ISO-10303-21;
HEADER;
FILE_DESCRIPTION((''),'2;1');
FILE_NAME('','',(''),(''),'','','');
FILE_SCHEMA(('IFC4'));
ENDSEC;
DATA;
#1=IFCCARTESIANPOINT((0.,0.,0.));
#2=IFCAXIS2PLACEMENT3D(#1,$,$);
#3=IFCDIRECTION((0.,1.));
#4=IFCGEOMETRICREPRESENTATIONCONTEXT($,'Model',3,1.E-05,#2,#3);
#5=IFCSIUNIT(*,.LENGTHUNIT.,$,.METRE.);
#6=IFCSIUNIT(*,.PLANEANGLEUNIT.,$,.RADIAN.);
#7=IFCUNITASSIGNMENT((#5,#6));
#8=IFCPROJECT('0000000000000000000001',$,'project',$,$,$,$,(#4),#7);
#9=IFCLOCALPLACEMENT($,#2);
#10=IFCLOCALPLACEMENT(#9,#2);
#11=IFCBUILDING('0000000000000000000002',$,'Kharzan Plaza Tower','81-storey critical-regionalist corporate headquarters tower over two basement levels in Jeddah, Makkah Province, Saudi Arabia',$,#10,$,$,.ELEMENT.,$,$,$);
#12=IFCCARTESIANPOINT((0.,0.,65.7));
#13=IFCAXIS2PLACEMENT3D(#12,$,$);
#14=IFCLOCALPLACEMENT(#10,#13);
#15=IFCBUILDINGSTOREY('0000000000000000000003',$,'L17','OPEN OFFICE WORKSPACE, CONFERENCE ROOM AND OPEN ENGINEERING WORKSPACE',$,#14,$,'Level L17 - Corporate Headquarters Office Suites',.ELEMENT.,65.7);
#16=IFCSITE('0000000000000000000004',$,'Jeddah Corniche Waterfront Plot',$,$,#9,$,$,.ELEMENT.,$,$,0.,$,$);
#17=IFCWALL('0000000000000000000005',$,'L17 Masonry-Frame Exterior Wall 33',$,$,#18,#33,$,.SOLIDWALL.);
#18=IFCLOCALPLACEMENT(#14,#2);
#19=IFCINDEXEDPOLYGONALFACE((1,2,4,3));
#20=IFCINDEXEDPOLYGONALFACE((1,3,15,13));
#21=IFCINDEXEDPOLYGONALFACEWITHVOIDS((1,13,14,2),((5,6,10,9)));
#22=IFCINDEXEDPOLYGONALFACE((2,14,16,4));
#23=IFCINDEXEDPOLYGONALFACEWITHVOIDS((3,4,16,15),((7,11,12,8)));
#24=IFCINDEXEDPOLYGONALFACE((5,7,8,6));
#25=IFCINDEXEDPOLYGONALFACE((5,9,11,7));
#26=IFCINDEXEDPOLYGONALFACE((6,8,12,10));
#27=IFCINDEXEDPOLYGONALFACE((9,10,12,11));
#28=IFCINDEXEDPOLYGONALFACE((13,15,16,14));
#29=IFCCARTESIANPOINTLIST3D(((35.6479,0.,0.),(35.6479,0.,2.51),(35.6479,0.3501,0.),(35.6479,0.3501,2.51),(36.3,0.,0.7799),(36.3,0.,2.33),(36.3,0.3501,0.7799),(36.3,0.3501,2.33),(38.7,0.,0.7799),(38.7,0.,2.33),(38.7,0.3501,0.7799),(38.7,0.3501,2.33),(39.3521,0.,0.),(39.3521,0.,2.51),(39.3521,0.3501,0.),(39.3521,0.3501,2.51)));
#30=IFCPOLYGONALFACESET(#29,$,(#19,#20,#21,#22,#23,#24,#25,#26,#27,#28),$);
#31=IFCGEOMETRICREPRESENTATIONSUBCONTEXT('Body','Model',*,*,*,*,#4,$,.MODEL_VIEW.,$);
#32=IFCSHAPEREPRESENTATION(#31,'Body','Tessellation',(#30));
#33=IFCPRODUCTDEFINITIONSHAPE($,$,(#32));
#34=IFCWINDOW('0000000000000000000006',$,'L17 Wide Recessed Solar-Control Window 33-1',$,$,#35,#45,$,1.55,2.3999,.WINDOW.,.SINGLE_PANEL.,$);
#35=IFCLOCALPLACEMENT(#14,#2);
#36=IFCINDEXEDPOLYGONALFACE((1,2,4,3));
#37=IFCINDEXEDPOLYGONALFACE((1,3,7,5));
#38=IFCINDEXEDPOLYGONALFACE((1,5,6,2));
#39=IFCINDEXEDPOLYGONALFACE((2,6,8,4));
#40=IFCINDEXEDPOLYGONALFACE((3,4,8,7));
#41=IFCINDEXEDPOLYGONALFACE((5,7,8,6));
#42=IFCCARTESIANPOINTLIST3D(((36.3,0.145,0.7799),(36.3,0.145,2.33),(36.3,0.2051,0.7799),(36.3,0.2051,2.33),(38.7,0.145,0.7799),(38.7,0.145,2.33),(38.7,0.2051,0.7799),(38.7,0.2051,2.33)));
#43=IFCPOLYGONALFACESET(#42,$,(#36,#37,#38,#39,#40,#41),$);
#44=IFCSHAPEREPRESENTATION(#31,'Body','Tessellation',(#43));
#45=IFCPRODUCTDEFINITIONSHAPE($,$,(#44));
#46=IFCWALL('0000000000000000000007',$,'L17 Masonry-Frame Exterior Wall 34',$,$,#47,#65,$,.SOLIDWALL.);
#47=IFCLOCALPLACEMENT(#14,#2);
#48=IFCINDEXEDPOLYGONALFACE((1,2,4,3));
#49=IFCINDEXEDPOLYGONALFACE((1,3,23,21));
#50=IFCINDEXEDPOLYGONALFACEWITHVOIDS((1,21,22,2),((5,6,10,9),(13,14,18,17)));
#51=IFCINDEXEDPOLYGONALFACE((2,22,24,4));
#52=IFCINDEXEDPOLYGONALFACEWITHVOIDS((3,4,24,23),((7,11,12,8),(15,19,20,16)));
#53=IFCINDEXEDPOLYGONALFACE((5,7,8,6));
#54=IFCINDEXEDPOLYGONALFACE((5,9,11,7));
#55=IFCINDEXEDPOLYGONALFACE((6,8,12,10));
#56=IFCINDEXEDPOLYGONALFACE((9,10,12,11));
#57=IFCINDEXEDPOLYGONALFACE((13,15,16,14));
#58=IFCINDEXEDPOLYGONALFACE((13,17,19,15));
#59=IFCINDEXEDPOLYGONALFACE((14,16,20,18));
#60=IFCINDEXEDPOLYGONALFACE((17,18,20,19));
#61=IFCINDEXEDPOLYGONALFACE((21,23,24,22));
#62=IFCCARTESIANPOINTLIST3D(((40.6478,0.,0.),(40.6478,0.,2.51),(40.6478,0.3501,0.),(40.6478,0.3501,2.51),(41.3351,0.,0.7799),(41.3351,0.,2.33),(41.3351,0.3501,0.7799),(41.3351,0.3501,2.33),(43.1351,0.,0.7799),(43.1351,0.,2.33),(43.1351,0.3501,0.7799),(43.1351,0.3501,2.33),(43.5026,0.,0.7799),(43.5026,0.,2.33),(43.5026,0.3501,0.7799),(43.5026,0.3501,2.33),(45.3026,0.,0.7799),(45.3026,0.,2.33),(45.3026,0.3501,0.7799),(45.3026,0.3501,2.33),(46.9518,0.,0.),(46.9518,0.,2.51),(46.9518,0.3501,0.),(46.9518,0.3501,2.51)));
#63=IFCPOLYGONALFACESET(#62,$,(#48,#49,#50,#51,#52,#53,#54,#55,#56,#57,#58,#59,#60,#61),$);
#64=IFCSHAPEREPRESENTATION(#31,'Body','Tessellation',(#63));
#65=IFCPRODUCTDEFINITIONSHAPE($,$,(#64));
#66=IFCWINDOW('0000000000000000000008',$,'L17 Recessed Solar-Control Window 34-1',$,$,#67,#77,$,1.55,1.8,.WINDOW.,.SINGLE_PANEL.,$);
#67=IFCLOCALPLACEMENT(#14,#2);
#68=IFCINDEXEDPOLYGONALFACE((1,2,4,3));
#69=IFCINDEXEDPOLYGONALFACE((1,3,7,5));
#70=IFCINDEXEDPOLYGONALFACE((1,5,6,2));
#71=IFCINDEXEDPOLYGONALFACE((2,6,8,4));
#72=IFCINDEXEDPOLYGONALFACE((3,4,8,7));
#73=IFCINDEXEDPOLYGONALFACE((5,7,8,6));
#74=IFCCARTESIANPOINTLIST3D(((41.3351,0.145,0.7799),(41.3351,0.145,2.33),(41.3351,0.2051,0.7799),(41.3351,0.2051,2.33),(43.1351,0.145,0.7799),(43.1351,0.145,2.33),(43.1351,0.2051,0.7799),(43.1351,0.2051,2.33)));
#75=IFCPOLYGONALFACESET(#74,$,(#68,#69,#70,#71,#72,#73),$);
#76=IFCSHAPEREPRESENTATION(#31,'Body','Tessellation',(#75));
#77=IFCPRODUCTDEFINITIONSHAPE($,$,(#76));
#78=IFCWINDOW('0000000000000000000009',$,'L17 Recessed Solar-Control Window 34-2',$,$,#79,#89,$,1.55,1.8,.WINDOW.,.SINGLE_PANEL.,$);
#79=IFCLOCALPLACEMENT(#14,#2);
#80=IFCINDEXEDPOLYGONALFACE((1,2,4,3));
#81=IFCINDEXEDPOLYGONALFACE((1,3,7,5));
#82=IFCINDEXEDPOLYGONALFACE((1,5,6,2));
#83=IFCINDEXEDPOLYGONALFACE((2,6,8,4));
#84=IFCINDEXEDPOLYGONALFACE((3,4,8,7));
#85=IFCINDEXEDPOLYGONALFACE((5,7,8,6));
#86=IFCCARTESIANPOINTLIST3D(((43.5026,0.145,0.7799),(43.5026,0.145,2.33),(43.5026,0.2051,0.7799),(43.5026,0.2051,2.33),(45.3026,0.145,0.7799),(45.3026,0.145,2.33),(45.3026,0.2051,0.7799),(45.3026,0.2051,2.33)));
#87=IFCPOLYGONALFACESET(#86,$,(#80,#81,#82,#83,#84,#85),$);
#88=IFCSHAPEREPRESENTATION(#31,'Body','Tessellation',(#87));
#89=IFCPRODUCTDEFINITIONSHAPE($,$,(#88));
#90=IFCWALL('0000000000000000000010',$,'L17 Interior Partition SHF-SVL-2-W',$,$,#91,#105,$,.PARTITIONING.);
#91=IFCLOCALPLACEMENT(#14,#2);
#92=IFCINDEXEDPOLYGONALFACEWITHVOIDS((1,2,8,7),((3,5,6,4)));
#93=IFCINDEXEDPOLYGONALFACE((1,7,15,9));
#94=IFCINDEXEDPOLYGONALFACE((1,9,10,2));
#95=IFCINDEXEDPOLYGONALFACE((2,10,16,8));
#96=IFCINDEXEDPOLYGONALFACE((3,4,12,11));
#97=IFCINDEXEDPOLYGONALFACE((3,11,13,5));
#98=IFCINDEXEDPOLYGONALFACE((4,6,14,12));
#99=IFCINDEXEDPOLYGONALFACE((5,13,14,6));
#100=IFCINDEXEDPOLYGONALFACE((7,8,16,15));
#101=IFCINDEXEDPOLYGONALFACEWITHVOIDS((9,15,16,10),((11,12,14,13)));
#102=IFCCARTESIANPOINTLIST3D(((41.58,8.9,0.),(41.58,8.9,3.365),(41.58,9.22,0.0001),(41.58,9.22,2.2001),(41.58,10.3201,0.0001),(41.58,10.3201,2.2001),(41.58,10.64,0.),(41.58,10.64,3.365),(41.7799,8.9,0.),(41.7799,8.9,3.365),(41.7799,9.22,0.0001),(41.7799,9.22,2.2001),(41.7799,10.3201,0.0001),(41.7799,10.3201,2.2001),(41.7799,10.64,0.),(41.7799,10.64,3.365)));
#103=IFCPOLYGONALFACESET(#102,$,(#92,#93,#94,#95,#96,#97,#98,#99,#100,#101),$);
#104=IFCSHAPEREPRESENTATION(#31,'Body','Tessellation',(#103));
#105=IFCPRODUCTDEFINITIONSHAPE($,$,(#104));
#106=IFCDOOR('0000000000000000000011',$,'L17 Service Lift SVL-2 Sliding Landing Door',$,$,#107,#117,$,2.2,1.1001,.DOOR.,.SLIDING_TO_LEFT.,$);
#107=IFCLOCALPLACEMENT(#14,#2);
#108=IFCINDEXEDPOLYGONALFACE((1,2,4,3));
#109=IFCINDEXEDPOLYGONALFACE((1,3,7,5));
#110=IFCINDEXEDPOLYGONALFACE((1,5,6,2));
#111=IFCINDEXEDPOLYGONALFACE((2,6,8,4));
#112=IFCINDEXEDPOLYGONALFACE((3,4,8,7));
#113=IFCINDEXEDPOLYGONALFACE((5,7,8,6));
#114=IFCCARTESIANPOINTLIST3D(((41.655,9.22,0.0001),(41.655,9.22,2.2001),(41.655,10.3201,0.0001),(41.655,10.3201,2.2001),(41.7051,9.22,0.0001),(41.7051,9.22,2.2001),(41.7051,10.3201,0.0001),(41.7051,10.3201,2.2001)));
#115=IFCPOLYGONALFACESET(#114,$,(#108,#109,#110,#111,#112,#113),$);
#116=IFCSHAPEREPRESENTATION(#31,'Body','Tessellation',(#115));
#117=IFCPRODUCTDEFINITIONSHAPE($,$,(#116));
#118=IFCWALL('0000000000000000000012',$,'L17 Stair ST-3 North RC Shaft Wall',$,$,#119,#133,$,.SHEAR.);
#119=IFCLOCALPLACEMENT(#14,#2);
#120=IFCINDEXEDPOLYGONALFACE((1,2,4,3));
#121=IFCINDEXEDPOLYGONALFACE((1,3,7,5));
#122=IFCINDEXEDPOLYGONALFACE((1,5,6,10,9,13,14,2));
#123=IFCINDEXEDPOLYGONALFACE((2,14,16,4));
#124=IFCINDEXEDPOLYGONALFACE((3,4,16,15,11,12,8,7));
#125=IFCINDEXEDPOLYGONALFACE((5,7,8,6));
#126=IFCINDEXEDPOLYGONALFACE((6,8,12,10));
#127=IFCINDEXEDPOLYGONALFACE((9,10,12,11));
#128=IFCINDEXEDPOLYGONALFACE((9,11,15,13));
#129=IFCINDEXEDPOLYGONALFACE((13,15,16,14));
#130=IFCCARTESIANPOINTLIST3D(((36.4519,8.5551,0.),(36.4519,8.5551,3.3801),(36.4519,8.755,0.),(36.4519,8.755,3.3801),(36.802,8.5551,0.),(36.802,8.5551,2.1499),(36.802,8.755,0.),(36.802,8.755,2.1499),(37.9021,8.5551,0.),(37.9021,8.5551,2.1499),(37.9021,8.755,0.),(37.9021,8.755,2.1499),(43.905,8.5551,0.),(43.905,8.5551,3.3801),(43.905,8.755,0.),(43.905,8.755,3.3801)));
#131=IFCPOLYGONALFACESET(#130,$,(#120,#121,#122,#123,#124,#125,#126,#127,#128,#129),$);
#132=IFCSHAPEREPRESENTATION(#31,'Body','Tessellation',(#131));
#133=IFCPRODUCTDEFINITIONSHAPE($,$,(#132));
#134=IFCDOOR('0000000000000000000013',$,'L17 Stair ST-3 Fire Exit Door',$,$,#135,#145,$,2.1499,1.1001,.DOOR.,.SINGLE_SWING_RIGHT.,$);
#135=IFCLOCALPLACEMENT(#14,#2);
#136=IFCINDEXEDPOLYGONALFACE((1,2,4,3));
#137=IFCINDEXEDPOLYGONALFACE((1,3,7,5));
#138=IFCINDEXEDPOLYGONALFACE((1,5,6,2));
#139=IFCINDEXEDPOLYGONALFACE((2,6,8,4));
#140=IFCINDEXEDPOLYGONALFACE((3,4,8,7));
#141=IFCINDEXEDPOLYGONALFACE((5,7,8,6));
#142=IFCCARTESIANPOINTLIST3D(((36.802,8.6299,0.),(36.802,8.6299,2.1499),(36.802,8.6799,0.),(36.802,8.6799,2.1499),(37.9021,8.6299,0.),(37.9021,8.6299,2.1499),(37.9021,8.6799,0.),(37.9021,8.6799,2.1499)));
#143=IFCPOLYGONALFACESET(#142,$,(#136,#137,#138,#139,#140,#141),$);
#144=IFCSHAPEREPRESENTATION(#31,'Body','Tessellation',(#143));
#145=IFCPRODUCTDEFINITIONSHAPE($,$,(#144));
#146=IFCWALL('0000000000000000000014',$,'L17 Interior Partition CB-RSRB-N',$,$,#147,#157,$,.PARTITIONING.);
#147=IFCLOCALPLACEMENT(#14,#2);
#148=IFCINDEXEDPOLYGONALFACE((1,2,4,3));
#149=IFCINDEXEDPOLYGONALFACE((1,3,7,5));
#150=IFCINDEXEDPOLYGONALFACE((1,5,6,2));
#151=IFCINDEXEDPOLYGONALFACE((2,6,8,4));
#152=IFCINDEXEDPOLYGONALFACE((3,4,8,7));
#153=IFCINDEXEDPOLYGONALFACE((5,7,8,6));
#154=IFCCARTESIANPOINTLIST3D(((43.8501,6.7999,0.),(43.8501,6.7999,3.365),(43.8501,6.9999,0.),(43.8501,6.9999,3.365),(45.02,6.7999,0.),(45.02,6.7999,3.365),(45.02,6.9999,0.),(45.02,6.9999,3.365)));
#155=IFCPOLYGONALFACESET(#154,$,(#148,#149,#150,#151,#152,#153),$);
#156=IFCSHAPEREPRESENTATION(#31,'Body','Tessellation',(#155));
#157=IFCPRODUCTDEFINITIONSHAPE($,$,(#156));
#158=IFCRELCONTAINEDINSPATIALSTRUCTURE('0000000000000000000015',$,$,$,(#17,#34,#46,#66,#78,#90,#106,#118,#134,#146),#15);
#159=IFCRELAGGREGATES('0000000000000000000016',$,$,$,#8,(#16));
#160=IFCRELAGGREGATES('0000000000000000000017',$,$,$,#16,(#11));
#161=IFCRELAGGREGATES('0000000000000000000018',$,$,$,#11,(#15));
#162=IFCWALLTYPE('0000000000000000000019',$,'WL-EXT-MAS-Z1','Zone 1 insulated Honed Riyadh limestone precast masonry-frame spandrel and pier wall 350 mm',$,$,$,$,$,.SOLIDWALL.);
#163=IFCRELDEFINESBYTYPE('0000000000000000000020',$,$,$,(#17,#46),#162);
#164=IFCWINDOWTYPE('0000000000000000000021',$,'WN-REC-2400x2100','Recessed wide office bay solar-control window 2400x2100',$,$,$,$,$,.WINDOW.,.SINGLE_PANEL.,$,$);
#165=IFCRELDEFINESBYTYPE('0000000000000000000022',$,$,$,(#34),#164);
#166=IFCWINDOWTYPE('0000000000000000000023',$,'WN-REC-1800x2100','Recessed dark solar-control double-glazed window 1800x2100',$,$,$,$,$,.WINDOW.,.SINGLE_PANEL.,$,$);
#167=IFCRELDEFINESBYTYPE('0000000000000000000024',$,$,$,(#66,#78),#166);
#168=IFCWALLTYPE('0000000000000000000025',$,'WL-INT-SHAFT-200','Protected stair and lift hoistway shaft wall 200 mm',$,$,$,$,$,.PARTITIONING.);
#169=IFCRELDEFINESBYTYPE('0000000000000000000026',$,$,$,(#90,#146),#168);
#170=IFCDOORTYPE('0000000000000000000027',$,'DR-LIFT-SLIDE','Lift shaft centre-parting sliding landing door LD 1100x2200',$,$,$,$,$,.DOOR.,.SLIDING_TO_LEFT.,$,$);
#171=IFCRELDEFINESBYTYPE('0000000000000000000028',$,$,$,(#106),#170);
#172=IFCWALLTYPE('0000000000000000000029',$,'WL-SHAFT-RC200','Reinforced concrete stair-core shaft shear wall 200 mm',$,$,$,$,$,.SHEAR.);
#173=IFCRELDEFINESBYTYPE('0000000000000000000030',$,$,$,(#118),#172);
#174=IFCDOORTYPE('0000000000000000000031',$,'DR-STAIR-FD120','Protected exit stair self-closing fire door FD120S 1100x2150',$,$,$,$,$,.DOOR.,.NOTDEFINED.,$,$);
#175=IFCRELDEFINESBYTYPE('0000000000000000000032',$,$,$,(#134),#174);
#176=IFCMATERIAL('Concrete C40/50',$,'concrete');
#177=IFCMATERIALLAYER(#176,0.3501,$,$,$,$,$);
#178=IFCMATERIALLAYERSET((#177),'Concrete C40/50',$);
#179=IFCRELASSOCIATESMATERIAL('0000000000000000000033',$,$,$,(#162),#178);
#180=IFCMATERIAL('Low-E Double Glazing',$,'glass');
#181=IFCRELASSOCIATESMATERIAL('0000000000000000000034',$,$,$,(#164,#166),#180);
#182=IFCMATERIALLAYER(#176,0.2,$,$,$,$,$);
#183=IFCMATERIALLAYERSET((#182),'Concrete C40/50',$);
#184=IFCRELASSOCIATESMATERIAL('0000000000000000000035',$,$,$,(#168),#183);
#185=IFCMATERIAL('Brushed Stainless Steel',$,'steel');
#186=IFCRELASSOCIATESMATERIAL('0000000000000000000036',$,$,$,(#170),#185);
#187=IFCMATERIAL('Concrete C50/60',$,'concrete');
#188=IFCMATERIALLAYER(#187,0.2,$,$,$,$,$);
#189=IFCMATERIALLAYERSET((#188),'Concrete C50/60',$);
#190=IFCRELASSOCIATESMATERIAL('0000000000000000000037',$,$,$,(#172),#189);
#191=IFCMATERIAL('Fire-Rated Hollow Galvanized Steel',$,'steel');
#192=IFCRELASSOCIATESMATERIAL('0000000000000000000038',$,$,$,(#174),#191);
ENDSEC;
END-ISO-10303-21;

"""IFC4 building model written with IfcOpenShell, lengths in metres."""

from ifc_helpers import new_model, si_unit, direction, frame, frame_2d, origin, place, context, subcontext, project, spatial, rectangle, extrude, source, transform, mapped, material, layer, layer_set, type_object, element, fill, save


model = new_model("IFC4")

# Units and contexts
model_context = context("Model", 3, precision=1e-05, world=origin(), true_north=direction((0.0, 1.0)))
body_context = subcontext(model_context, "Body", "Model", "MODEL_VIEW")
ifc_project = project(units=[si_unit("LENGTHUNIT", "METRE"), si_unit("PLANEANGLEUNIT", "RADIAN")], contexts=[model_context])

# Site, building, storey
site_placement = place(None, origin())
site = spatial("IfcSite", under=ifc_project, at=site_placement, Name="Jeddah Corniche Waterfront Plot", CompositionType="ELEMENT", RefElevation=0.0)
building_placement = place(site_placement, origin())
building = spatial("IfcBuilding", under=site, at=building_placement, Name="Kharzan Plaza Tower", Description="81-storey critical-regionalist corporate headquarters tower over two basement levels in Jeddah, Makkah Province, Saudi Arabia", CompositionType="ELEMENT")
storey_placement = place(building_placement, frame((0.0, 0.0, 65.7)))
storey = spatial("IfcBuildingStorey", under=building, at=storey_placement, Name="L17", Description="OPEN OFFICE WORKSPACE, CONFERENCE ROOM AND OPEN ENGINEERING WORKSPACE", LongName="Level L17 - Corporate Headquarters Office Suites", CompositionType="ELEMENT", Elevation=65.7)

# Wall, opening, window
ifc_material_1 = material(Name="Concrete C40/50", Category="concrete")
ifc_layer_1 = layer(ifc_material_1, 0.3501)
ifc_layer_set_1 = layer_set([ifc_layer_1], Name="Concrete C40/50")
wall_type_1 = type_object("IfcWallType", Name="WL-EXT-MAS-Z1", Description="Zone 1 insulated Honed Riyadh limestone precast masonry-frame spandrel and pier wall 350 mm", PredefinedType="SOLIDWALL", material=ifc_layer_set_1)
wall_1_placement = place(storey_placement, frame((35.6479, 0.175, 0.0), z_axis=(0.0, 0.0, 1.0), x_axis=(1.0, 0.0, 0.0)))
wall_1 = element("IfcWall", 1, at=wall_1_placement, inside=storey, type_object=wall_type_1, Name="L17 Masonry-Frame Exterior Wall 33", PredefinedType="SOLIDWALL", context=body_context, shape_type="SweptSolid", body=[
    extrude(rectangle(XDim=3.7041, YDim=0.3501, at=frame_2d((1.8521, 0.0))), origin(), (0.0, 0.0, 1.0), 2.51),
])
opening_1_placement = place(wall_1_placement, frame((0.6521, 0.0, 0.78)))
opening_1 = element("IfcOpeningElement", 2, at=opening_1_placement, cuts=wall_1, PredefinedType="OPENING", context=body_context, shape_type="SweptSolid", body=[
    extrude(rectangle(XDim=2.3999, YDim=1.55, at=frame_2d((1.2, 0.7749))), frame((0.0, 0.1851, 0.0), z_axis=(0.0, -1.0, 0.0), x_axis=(1.0, 0.0, 0.0)), (0.0, 0.0, 1.0), 0.3701),
])
ifc_material_2 = material(Name="Low-E Double Glazing", Category="glass")
window_type_1 = type_object("IfcWindowType", Name="WN-REC-2400x2100", Description="Recessed wide office bay solar-control window 2400x2100", PartitioningType="SINGLE_PANEL", PredefinedType="WINDOW", material=ifc_material_2)
shared_shape_1 = source(origin(), body_context, "Body", "SweptSolid", [
    extrude(rectangle(XDim=2.3999, YDim=1.55, at=frame_2d((1.2, 0.7749))), frame((0.0, 0.03, 0.0), z_axis=(0.0, -1.0, 0.0), x_axis=(1.0, 0.0, 0.0)), (0.0, 0.0, 1.0), 0.0601),
])
window_1_placement = place(opening_1_placement, origin())
window_1 = element("IfcWindow", 3, at=window_1_placement, inside=storey, type_object=window_type_1, Name="L17 Wide Recessed Solar-Control Window 33-1", OverallHeight=1.55, OverallWidth=2.3999, PartitioningType="SINGLE_PANEL", PredefinedType="WINDOW", context=body_context, shape_type="MappedRepresentation", body=[
    mapped(shared_shape_1, transform((0.0, 0.0, 0.0), x_axis=(1.0, 0.0, 0.0), y_axis=(0.0, 1.0, 0.0), z_axis=(0.0, 0.0, 1.0))),
])
fill(opening_1, window_1)

# Wall, openings, windows
wall_2_placement = place(storey_placement, frame((40.6479, 0.175, 0.0), z_axis=(0.0, 0.0, 1.0), x_axis=(1.0, 0.0, 0.0)))
wall_2 = element("IfcWall", 4, at=wall_2_placement, inside=storey, type_object=wall_type_1, Name="L17 Masonry-Frame Exterior Wall 34", PredefinedType="SOLIDWALL", context=body_context, shape_type="SweptSolid", body=[
    extrude(rectangle(XDim=6.304, YDim=0.3501, at=frame_2d((3.1519, 0.0))), origin(), (0.0, 0.0, 1.0), 2.51),
])
opening_2_placement = place(wall_2_placement, frame((0.6873, 0.0, 0.78)))
opening_2 = element("IfcOpeningElement", 5, at=opening_2_placement, cuts=wall_2, PredefinedType="OPENING", context=body_context, shape_type="SweptSolid", body=[
    extrude(rectangle(XDim=1.8, YDim=1.55, at=frame_2d((0.8999, 0.7749))), frame((0.0, 0.1851, 0.0), z_axis=(0.0, -1.0, 0.0), x_axis=(1.0, 0.0, 0.0)), (0.0, 0.0, 1.0), 0.3701),
])
opening_3_placement = place(wall_2_placement, frame((2.8547, 0.0, 0.78)))
opening_3 = element("IfcOpeningElement", 6, at=opening_3_placement, cuts=wall_2, PredefinedType="OPENING", context=body_context, shape_type="SweptSolid", body=[
    extrude(rectangle(XDim=1.8, YDim=1.55, at=frame_2d((0.8999, 0.7749))), frame((0.0, 0.1851, 0.0), z_axis=(0.0, -1.0, 0.0), x_axis=(1.0, 0.0, 0.0)), (0.0, 0.0, 1.0), 0.3701),
])
window_type_2 = type_object("IfcWindowType", Name="WN-REC-1800x2100", Description="Recessed dark solar-control double-glazed window 1800x2100", PartitioningType="SINGLE_PANEL", PredefinedType="WINDOW", material=ifc_material_2)
shared_shape_2 = source(origin(), body_context, "Body", "SweptSolid", [
    extrude(rectangle(XDim=1.8, YDim=1.55, at=frame_2d((0.8999, 0.7749))), frame((0.0, 0.03, 0.0), z_axis=(0.0, -1.0, 0.0), x_axis=(1.0, 0.0, 0.0)), (0.0, 0.0, 1.0), 0.0601),
])
window_2_placement = place(opening_2_placement, origin())
window_2 = element("IfcWindow", 7, at=window_2_placement, inside=storey, type_object=window_type_2, Name="L17 Recessed Solar-Control Window 34-1", OverallHeight=1.55, OverallWidth=1.8, PartitioningType="SINGLE_PANEL", PredefinedType="WINDOW", context=body_context, shape_type="MappedRepresentation", body=[
    mapped(shared_shape_2, transform((0.0, 0.0, 0.0), x_axis=(1.0, 0.0, 0.0), y_axis=(0.0, 1.0, 0.0), z_axis=(0.0, 0.0, 1.0))),
])
fill(opening_2, window_2)
window_3_placement = place(opening_3_placement, origin())
window_3 = element("IfcWindow", 8, at=window_3_placement, inside=storey, type_object=window_type_2, Name="L17 Recessed Solar-Control Window 34-2", OverallHeight=1.55, OverallWidth=1.8, PartitioningType="SINGLE_PANEL", PredefinedType="WINDOW", context=body_context, shape_type="MappedRepresentation", body=[
    mapped(shared_shape_2, transform((0.0, 0.0, 0.0), x_axis=(1.0, 0.0, 0.0), y_axis=(0.0, 1.0, 0.0), z_axis=(0.0, 0.0, 1.0))),
])
fill(opening_3, window_3)

# Walls, openings, doors
ifc_layer_2 = layer(ifc_material_1, 0.2)
ifc_layer_set_2 = layer_set([ifc_layer_2], Name="Concrete C40/50")
wall_type_2 = type_object("IfcWallType", Name="WL-INT-SHAFT-200", Description="Protected stair and lift hoistway shaft wall 200 mm", PredefinedType="PARTITIONING", material=ifc_layer_set_2)
wall_3_placement = place(storey_placement, frame((41.6799, 8.8999, 0.0), z_axis=(0.0, 0.0, 1.0), x_axis=(0.0, 1.0, 0.0)))
wall_3 = element("IfcWall", 9, at=wall_3_placement, inside=storey, type_object=wall_type_2, Name="L17 Interior Partition SHF-SVL-2-W", PredefinedType="PARTITIONING", context=body_context, shape_type="SweptSolid", body=[
    extrude(rectangle(XDim=1.74, YDim=0.2, at=frame_2d((0.8701, 0.0))), origin(), (0.0, 0.0, 1.0), 3.365),
])
opening_4_placement = place(wall_3_placement, frame((0.3201, 0.0, 0.0)))
opening_4 = element("IfcOpeningElement", 10, at=opening_4_placement, cuts=wall_3, PredefinedType="OPENING", context=body_context, shape_type="SweptSolid", body=[
    extrude(rectangle(XDim=1.1001, YDim=2.2, at=frame_2d((0.55, 1.1001))), frame((0.0, 0.1099, 0.0), z_axis=(0.0, -1.0, 0.0), x_axis=(1.0, 0.0, 0.0)), (0.0, 0.0, 1.0), 0.22),
])
ifc_material_3 = material(Name="Brushed Stainless Steel", Category="steel")
door_type_1 = type_object("IfcDoorType", Name="DR-LIFT-SLIDE", Description="Lift shaft centre-parting sliding landing door LD 1100x2200", OperationType="SLIDING_TO_LEFT", PredefinedType="DOOR", material=ifc_material_3)
shared_shape_3 = source(origin(), body_context, "Body", "SweptSolid", [
    extrude(rectangle(XDim=1.1001, YDim=2.2, at=frame_2d((0.55, 1.1001))), frame((0.0, 0.0249, 0.0), z_axis=(0.0, -1.0, 0.0), x_axis=(1.0, 0.0, 0.0)), (0.0, 0.0, 1.0), 0.05),
])
door_1_placement = place(opening_4_placement, origin())
door_1 = element("IfcDoor", 11, at=door_1_placement, inside=storey, type_object=door_type_1, Name="L17 Service Lift SVL-2 Sliding Landing Door", OperationType="SLIDING_TO_LEFT", OverallHeight=2.2, OverallWidth=1.1001, PredefinedType="DOOR", context=body_context, shape_type="MappedRepresentation", body=[
    mapped(shared_shape_3, transform((0.0, 0.0, 0.0), x_axis=(1.0, 0.0, 0.0), y_axis=(0.0, 1.0, 0.0), z_axis=(0.0, 0.0, 1.0))),
])
fill(opening_4, door_1)
ifc_material_4 = material(Name="Concrete C50/60", Category="concrete")
ifc_layer_3 = layer(ifc_material_4, 0.2)
ifc_layer_set_3 = layer_set([ifc_layer_3], Name="Concrete C50/60")
wall_type_3 = type_object("IfcWallType", Name="WL-SHAFT-RC200", Description="Reinforced concrete stair-core shaft shear wall 200 mm", PredefinedType="SHEAR", material=ifc_layer_set_3)
wall_4_placement = place(storey_placement, frame((36.4519, 8.655, 0.0), z_axis=(0.0, 0.0, 1.0), x_axis=(1.0, 0.0, 0.0)))
wall_4 = element("IfcWall", 12, at=wall_4_placement, inside=storey, type_object=wall_type_3, Name="L17 Stair ST-3 North RC Shaft Wall", PredefinedType="SHEAR", context=body_context, shape_type="SweptSolid", body=[
    extrude(rectangle(XDim=7.4531, YDim=0.2, at=frame_2d((3.7266, 0.0))), origin(), (0.0, 0.0, 1.0), 3.3801),
])
opening_5_placement = place(wall_4_placement, frame((0.3501, 0.0, 0.0)))
opening_5 = element("IfcOpeningElement", 13, at=opening_5_placement, cuts=wall_4, PredefinedType="OPENING", context=body_context, shape_type="SweptSolid", body=[
    extrude(rectangle(XDim=1.1001, YDim=2.1499, at=frame_2d((0.55, 1.075))), frame((0.0, 0.1099, 0.0), z_axis=(0.0, -1.0, 0.0), x_axis=(1.0, 0.0, 0.0)), (0.0, 0.0, 1.0), 0.22),
])
ifc_material_5 = material(Name="Fire-Rated Hollow Galvanized Steel", Category="steel")
door_type_2 = type_object("IfcDoorType", Name="DR-STAIR-FD120", Description="Protected exit stair self-closing fire door FD120S 1100x2150", OperationType="NOTDEFINED", PredefinedType="DOOR", material=ifc_material_5)
shared_shape_4 = source(origin(), body_context, "Body", "SweptSolid", [
    extrude(rectangle(XDim=1.1001, YDim=2.1499, at=frame_2d((0.55, 1.075))), frame((0.0, 0.0249, 0.0), z_axis=(0.0, -1.0, 0.0), x_axis=(1.0, 0.0, 0.0)), (0.0, 0.0, 1.0), 0.05),
])
door_2_placement = place(opening_5_placement, origin())
door_2 = element("IfcDoor", 14, at=door_2_placement, inside=storey, type_object=door_type_2, Name="L17 Stair ST-3 Fire Exit Door", OperationType="SINGLE_SWING_RIGHT", OverallHeight=2.1499, OverallWidth=1.1001, PredefinedType="DOOR", context=body_context, shape_type="MappedRepresentation", body=[
    mapped(shared_shape_4, transform((0.0, 0.0, 0.0), x_axis=(1.0, 0.0, 0.0), y_axis=(0.0, 1.0, 0.0), z_axis=(0.0, 0.0, 1.0))),
])
fill(opening_5, door_2)

# Wall
shared_shape_5 = source(origin(), body_context, "Body", "SweptSolid", [
    extrude(rectangle(XDim=1.1699, YDim=0.2, at=frame_2d((0.585, 0.0))), origin(), (0.0, 0.0, 1.0), 3.365),
])
wall_5_placement = place(storey_placement, frame((43.8501, 6.8999, 0.0), z_axis=(0.0, 0.0, 1.0), x_axis=(1.0, 0.0, 0.0)))
element("IfcWall", 15, at=wall_5_placement, inside=storey, type_object=wall_type_2, Name="L17 Interior Partition CB-RSRB-N", PredefinedType="PARTITIONING", context=body_context, shape_type="MappedRepresentation", body=[
    mapped(shared_shape_5, transform((0.0, 0.0, 0.0), x_axis=(1.0, 0.0, 0.0), y_axis=(0.0, 1.0, 0.0), z_axis=(0.0, 0.0, 1.0))),
])

save(model, "model.ifc")
